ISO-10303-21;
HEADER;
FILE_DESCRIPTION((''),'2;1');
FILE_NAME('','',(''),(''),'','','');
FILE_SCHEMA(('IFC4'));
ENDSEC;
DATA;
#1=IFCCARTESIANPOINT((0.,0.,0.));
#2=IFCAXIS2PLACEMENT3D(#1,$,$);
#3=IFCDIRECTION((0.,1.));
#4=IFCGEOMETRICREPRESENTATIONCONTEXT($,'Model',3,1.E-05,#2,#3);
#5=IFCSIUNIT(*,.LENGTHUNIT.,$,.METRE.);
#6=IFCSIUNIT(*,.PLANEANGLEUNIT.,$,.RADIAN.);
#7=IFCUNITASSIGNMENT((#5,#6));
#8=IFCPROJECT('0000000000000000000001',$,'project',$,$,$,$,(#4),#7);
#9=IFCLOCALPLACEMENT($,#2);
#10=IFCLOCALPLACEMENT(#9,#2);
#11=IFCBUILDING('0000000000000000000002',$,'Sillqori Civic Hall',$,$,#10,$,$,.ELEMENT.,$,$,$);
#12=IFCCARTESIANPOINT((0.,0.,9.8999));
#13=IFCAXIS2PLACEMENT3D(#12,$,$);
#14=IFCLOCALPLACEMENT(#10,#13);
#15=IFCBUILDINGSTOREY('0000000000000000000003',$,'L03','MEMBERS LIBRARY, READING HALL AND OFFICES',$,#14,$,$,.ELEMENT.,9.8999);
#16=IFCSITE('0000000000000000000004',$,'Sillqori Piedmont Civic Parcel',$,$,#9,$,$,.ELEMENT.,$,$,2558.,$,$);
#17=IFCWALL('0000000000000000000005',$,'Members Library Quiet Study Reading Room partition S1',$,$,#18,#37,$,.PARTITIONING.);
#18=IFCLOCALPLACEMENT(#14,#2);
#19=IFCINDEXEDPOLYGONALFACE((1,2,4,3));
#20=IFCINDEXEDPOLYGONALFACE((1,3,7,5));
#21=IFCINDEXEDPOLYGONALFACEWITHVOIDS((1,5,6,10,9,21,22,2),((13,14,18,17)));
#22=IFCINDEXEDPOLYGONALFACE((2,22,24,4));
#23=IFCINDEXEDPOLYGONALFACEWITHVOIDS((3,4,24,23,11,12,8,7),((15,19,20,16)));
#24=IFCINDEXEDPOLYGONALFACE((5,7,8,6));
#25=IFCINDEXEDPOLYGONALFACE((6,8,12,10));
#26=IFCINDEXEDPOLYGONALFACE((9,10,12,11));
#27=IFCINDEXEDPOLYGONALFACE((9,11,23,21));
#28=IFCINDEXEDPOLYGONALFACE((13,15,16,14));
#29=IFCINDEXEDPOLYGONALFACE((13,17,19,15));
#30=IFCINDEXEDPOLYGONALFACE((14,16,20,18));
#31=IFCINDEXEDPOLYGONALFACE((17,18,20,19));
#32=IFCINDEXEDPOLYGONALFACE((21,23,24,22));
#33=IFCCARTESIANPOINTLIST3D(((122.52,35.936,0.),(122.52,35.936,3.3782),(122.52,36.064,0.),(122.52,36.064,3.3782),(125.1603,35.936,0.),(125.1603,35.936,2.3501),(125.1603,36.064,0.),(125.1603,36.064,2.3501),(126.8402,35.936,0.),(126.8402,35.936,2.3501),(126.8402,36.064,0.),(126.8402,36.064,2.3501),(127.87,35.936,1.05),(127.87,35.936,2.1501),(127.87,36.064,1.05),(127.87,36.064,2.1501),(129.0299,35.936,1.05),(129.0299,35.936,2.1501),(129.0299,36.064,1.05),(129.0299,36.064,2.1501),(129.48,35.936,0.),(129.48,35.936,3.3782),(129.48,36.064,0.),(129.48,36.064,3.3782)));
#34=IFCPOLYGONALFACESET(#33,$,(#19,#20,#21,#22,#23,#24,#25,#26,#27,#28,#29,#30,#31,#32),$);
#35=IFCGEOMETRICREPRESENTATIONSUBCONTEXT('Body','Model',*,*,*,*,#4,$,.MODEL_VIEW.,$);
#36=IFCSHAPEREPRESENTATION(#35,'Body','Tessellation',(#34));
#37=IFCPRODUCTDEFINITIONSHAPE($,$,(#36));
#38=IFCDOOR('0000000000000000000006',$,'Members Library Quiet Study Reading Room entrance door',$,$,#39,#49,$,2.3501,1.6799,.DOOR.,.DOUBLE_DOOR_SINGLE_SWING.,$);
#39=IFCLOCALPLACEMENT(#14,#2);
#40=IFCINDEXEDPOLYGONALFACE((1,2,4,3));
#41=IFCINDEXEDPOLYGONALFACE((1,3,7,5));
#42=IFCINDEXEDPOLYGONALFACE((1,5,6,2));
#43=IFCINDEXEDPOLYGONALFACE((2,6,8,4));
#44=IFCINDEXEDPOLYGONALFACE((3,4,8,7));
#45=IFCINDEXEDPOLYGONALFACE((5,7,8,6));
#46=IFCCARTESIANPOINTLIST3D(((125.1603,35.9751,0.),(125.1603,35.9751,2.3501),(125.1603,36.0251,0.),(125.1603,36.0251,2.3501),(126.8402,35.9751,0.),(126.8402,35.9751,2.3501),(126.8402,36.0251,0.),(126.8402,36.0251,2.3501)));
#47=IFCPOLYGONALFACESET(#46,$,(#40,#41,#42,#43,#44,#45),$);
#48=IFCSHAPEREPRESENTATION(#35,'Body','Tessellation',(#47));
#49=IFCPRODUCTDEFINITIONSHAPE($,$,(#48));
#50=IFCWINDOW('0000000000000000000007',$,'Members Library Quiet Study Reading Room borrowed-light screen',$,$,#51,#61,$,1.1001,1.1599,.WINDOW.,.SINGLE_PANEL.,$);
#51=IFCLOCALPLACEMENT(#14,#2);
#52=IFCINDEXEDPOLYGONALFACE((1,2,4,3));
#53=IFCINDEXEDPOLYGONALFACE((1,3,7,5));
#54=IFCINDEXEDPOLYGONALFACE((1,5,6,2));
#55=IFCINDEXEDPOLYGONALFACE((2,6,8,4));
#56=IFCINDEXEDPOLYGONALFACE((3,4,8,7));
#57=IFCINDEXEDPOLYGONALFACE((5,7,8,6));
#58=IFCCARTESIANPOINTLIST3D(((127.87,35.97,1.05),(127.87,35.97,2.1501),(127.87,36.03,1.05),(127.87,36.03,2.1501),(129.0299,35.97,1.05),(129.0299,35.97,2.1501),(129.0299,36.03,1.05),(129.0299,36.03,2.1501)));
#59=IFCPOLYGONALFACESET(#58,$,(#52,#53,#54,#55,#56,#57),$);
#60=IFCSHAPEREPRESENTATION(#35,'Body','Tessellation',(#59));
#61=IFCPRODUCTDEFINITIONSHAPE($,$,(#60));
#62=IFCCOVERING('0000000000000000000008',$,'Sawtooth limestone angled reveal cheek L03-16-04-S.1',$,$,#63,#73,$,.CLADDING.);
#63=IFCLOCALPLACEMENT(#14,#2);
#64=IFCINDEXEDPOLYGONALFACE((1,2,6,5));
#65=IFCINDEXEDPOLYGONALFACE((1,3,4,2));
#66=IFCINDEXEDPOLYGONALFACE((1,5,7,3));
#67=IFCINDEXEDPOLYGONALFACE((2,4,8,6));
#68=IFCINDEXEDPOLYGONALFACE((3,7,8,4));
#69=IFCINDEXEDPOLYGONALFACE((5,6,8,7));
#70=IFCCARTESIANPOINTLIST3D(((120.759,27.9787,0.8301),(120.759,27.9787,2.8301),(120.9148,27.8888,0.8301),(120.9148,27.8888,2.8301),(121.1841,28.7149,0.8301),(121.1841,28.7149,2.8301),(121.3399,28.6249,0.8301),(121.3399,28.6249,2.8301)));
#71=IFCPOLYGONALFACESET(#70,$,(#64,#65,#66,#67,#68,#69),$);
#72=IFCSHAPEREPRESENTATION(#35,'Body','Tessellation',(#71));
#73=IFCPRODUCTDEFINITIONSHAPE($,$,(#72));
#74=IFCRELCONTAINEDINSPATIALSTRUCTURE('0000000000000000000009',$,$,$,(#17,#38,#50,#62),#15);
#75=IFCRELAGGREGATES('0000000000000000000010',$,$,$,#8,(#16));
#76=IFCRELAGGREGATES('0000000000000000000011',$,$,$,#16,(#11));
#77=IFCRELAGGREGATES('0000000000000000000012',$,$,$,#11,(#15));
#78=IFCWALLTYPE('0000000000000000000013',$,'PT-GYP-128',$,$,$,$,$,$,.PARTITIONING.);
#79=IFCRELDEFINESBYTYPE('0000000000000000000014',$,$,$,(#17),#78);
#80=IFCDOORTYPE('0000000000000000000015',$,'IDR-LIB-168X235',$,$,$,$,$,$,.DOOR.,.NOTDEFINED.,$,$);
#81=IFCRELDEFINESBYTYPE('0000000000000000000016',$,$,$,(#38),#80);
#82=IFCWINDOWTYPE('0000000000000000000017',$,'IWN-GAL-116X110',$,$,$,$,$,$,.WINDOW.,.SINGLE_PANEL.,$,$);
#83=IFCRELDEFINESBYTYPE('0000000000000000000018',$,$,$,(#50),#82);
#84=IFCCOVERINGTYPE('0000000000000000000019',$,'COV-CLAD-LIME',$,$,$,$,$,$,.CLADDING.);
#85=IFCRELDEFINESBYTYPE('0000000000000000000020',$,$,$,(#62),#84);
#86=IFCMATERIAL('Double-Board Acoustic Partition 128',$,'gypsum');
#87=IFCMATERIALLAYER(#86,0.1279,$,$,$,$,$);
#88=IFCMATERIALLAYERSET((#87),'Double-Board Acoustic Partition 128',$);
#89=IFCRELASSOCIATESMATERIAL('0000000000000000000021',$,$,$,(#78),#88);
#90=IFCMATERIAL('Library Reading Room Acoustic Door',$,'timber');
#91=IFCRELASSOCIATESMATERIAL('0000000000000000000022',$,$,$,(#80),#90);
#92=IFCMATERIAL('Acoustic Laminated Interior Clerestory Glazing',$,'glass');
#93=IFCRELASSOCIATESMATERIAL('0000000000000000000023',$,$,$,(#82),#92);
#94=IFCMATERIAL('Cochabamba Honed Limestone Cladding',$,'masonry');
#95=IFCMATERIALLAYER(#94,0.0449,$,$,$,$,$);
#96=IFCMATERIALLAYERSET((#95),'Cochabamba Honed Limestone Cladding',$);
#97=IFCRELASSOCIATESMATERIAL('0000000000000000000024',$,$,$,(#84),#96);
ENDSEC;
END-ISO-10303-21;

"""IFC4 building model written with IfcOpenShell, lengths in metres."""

from ifc_helpers import new_model, si_unit, direction, frame, frame_2d, origin, place, context, subcontext, project, spatial, rectangle, extrude, material, layer, layer_set, type_object, element, fill, save


model = new_model("IFC4")

# Units and contexts
model_context = context("Model", 3, precision=1e-05, world=origin(), true_north=direction((0.0, 1.0)))
body_context = subcontext(model_context, "Body", "Model", "MODEL_VIEW")
ifc_project = project(units=[si_unit("LENGTHUNIT", "METRE"), si_unit("PLANEANGLEUNIT", "RADIAN")], contexts=[model_context])

# Site, building, storey
site_placement = place(None, origin())
site = spatial("IfcSite", under=ifc_project, at=site_placement, Name="Sillqori Piedmont Civic Parcel", CompositionType="ELEMENT", RefElevation=2558.0)
building_placement = place(site_placement, origin())
building = spatial("IfcBuilding", under=site, at=building_placement, Name="Sillqori Civic Hall", CompositionType="ELEMENT")
storey_placement = place(building_placement, frame((0.0, 0.0, 9.8999)))
storey = spatial("IfcBuildingStorey", under=building, at=storey_placement, Name="L03", Description="MEMBERS LIBRARY, READING HALL AND OFFICES", CompositionType="ELEMENT", Elevation=9.8999)

# Wall, openings, door, window
ifc_material_1 = material(Name="Double-Board Acoustic Partition 128", Category="gypsum")
ifc_layer_1 = layer(ifc_material_1, 0.1279)
ifc_layer_set_1 = layer_set([ifc_layer_1], Name="Double-Board Acoustic Partition 128")
wall_type_1 = type_object("IfcWallType", Name="PT-GYP-128", PredefinedType="PARTITIONING", material=ifc_layer_set_1)
wall_1_placement = place(storey_placement, frame((129.48, 36.0, 0.0), z_axis=(0.0, 0.0, 1.0), x_axis=(-1.0, 0.0, 0.0)))
wall_1 = element("IfcWall", 1, at=wall_1_placement, inside=storey, type_object=wall_type_1, Name="Members Library Quiet Study Reading Room partition S1", PredefinedType="PARTITIONING", context=body_context, shape_type="SweptSolid", body=[
    extrude(rectangle(XDim=6.96, YDim=0.1279, at=frame_2d((3.48, 0.0))), origin(), (0.0, 0.0, 1.0), 3.3782),
])
opening_1_placement = place(wall_1_placement, frame((2.6399, 0.0, 0.0)))
opening_1 = element("IfcOpeningElement", 2, at=opening_1_placement, cuts=wall_1, PredefinedType="OPENING", context=body_context, shape_type="SweptSolid", body=[
    extrude(rectangle(XDim=1.6799, YDim=2.3501, at=frame_2d((0.8398, 1.175))), frame((0.0, 0.074, 0.0), z_axis=(0.0, -1.0, 0.0), x_axis=(1.0, 0.0, 0.0)), (0.0, 0.0, 1.0), 0.1479),
])
opening_2_placement = place(wall_1_placement, frame((0.45, 0.0, 1.05)))
opening_2 = element("IfcOpeningElement", 3, at=opening_2_placement, cuts=wall_1, PredefinedType="OPENING", context=body_context, shape_type="SweptSolid", body=[
    extrude(rectangle(XDim=1.1599, YDim=1.1001, at=frame_2d((0.5801, 0.55))), frame((0.0, 0.074, 0.0), z_axis=(0.0, -1.0, 0.0), x_axis=(1.0, 0.0, 0.0)), (0.0, 0.0, 1.0), 0.1479),
])
ifc_material_2 = material(Name="Library Reading Room Acoustic Door", Category="timber")
door_type_1 = type_object("IfcDoorType", Name="IDR-LIB-168X235", OperationType="NOTDEFINED", PredefinedType="DOOR", material=ifc_material_2)
door_1_placement = place(opening_1_placement, origin())
door_1 = element("IfcDoor", 4, at=door_1_placement, inside=storey, type_object=door_type_1, Name="Members Library Quiet Study Reading Room entrance door", OperationType="DOUBLE_DOOR_SINGLE_SWING", OverallHeight=2.3501, OverallWidth=1.6799, PredefinedType="DOOR", context=body_context, shape_type="SweptSolid", body=[
    extrude(rectangle(XDim=1.6799, YDim=2.3501, at=frame_2d((0.8398, 1.175))), frame((0.0, 0.0249, 0.0), z_axis=(0.0, -1.0, 0.0), x_axis=(1.0, 0.0, 0.0)), (0.0, 0.0, 1.0), 0.05),
])
fill(opening_1, door_1)
ifc_material_3 = material(Name="Acoustic Laminated Interior Clerestory Glazing", Category="glass")
window_type_1 = type_object("IfcWindowType", Name="IWN-GAL-116X110", PartitioningType="SINGLE_PANEL", PredefinedType="WINDOW", material=ifc_material_3)
window_1_placement = place(opening_2_placement, origin())
window_1 = element("IfcWindow", 5, at=window_1_placement, inside=storey, type_object=window_type_1, Name="Members Library Quiet Study Reading Room borrowed-light screen", OverallHeight=1.1001, OverallWidth=1.1599, PartitioningType="SINGLE_PANEL", PredefinedType="WINDOW", context=body_context, shape_type="SweptSolid", body=[
    extrude(rectangle(XDim=1.1599, YDim=1.1001, at=frame_2d((0.5801, 0.55))), frame((0.0, 0.03, 0.0), z_axis=(0.0, -1.0, 0.0), x_axis=(1.0, 0.0, 0.0)), (0.0, 0.0, 1.0), 0.0601),
])
fill(opening_2, window_1)

# Covering
ifc_material_4 = material(Name="Cochabamba Honed Limestone Cladding", Category="masonry")
ifc_layer_2 = layer(ifc_material_4, 0.0449)
ifc_layer_set_2 = layer_set([ifc_layer_2], Name="Cochabamba Honed Limestone Cladding")
covering_type = type_object("IfcCoveringType", Name="COV-CLAD-LIME", PredefinedType="CLADDING", material=ifc_layer_set_2)
covering_placement = place(storey_placement, frame((121.262, 28.6699, 0.8301), z_axis=(0.0, 0.0, 1.0), x_axis=(-0.500062, -0.865989, 0.0)))
element("IfcCovering", 6, at=covering_placement, inside=storey, type_object=covering_type, Name="Sawtooth limestone angled reveal cheek L03-16-04-S.1", PredefinedType="CLADDING", context=body_context, shape_type="SweptSolid", body=[
    extrude(rectangle(XDim=0.8501, YDim=0.1799, at=frame_2d((0.425, 0.0))), origin(), (0.0, 0.0, 1.0), 2.0),
])

save(model, "model.ifc")
